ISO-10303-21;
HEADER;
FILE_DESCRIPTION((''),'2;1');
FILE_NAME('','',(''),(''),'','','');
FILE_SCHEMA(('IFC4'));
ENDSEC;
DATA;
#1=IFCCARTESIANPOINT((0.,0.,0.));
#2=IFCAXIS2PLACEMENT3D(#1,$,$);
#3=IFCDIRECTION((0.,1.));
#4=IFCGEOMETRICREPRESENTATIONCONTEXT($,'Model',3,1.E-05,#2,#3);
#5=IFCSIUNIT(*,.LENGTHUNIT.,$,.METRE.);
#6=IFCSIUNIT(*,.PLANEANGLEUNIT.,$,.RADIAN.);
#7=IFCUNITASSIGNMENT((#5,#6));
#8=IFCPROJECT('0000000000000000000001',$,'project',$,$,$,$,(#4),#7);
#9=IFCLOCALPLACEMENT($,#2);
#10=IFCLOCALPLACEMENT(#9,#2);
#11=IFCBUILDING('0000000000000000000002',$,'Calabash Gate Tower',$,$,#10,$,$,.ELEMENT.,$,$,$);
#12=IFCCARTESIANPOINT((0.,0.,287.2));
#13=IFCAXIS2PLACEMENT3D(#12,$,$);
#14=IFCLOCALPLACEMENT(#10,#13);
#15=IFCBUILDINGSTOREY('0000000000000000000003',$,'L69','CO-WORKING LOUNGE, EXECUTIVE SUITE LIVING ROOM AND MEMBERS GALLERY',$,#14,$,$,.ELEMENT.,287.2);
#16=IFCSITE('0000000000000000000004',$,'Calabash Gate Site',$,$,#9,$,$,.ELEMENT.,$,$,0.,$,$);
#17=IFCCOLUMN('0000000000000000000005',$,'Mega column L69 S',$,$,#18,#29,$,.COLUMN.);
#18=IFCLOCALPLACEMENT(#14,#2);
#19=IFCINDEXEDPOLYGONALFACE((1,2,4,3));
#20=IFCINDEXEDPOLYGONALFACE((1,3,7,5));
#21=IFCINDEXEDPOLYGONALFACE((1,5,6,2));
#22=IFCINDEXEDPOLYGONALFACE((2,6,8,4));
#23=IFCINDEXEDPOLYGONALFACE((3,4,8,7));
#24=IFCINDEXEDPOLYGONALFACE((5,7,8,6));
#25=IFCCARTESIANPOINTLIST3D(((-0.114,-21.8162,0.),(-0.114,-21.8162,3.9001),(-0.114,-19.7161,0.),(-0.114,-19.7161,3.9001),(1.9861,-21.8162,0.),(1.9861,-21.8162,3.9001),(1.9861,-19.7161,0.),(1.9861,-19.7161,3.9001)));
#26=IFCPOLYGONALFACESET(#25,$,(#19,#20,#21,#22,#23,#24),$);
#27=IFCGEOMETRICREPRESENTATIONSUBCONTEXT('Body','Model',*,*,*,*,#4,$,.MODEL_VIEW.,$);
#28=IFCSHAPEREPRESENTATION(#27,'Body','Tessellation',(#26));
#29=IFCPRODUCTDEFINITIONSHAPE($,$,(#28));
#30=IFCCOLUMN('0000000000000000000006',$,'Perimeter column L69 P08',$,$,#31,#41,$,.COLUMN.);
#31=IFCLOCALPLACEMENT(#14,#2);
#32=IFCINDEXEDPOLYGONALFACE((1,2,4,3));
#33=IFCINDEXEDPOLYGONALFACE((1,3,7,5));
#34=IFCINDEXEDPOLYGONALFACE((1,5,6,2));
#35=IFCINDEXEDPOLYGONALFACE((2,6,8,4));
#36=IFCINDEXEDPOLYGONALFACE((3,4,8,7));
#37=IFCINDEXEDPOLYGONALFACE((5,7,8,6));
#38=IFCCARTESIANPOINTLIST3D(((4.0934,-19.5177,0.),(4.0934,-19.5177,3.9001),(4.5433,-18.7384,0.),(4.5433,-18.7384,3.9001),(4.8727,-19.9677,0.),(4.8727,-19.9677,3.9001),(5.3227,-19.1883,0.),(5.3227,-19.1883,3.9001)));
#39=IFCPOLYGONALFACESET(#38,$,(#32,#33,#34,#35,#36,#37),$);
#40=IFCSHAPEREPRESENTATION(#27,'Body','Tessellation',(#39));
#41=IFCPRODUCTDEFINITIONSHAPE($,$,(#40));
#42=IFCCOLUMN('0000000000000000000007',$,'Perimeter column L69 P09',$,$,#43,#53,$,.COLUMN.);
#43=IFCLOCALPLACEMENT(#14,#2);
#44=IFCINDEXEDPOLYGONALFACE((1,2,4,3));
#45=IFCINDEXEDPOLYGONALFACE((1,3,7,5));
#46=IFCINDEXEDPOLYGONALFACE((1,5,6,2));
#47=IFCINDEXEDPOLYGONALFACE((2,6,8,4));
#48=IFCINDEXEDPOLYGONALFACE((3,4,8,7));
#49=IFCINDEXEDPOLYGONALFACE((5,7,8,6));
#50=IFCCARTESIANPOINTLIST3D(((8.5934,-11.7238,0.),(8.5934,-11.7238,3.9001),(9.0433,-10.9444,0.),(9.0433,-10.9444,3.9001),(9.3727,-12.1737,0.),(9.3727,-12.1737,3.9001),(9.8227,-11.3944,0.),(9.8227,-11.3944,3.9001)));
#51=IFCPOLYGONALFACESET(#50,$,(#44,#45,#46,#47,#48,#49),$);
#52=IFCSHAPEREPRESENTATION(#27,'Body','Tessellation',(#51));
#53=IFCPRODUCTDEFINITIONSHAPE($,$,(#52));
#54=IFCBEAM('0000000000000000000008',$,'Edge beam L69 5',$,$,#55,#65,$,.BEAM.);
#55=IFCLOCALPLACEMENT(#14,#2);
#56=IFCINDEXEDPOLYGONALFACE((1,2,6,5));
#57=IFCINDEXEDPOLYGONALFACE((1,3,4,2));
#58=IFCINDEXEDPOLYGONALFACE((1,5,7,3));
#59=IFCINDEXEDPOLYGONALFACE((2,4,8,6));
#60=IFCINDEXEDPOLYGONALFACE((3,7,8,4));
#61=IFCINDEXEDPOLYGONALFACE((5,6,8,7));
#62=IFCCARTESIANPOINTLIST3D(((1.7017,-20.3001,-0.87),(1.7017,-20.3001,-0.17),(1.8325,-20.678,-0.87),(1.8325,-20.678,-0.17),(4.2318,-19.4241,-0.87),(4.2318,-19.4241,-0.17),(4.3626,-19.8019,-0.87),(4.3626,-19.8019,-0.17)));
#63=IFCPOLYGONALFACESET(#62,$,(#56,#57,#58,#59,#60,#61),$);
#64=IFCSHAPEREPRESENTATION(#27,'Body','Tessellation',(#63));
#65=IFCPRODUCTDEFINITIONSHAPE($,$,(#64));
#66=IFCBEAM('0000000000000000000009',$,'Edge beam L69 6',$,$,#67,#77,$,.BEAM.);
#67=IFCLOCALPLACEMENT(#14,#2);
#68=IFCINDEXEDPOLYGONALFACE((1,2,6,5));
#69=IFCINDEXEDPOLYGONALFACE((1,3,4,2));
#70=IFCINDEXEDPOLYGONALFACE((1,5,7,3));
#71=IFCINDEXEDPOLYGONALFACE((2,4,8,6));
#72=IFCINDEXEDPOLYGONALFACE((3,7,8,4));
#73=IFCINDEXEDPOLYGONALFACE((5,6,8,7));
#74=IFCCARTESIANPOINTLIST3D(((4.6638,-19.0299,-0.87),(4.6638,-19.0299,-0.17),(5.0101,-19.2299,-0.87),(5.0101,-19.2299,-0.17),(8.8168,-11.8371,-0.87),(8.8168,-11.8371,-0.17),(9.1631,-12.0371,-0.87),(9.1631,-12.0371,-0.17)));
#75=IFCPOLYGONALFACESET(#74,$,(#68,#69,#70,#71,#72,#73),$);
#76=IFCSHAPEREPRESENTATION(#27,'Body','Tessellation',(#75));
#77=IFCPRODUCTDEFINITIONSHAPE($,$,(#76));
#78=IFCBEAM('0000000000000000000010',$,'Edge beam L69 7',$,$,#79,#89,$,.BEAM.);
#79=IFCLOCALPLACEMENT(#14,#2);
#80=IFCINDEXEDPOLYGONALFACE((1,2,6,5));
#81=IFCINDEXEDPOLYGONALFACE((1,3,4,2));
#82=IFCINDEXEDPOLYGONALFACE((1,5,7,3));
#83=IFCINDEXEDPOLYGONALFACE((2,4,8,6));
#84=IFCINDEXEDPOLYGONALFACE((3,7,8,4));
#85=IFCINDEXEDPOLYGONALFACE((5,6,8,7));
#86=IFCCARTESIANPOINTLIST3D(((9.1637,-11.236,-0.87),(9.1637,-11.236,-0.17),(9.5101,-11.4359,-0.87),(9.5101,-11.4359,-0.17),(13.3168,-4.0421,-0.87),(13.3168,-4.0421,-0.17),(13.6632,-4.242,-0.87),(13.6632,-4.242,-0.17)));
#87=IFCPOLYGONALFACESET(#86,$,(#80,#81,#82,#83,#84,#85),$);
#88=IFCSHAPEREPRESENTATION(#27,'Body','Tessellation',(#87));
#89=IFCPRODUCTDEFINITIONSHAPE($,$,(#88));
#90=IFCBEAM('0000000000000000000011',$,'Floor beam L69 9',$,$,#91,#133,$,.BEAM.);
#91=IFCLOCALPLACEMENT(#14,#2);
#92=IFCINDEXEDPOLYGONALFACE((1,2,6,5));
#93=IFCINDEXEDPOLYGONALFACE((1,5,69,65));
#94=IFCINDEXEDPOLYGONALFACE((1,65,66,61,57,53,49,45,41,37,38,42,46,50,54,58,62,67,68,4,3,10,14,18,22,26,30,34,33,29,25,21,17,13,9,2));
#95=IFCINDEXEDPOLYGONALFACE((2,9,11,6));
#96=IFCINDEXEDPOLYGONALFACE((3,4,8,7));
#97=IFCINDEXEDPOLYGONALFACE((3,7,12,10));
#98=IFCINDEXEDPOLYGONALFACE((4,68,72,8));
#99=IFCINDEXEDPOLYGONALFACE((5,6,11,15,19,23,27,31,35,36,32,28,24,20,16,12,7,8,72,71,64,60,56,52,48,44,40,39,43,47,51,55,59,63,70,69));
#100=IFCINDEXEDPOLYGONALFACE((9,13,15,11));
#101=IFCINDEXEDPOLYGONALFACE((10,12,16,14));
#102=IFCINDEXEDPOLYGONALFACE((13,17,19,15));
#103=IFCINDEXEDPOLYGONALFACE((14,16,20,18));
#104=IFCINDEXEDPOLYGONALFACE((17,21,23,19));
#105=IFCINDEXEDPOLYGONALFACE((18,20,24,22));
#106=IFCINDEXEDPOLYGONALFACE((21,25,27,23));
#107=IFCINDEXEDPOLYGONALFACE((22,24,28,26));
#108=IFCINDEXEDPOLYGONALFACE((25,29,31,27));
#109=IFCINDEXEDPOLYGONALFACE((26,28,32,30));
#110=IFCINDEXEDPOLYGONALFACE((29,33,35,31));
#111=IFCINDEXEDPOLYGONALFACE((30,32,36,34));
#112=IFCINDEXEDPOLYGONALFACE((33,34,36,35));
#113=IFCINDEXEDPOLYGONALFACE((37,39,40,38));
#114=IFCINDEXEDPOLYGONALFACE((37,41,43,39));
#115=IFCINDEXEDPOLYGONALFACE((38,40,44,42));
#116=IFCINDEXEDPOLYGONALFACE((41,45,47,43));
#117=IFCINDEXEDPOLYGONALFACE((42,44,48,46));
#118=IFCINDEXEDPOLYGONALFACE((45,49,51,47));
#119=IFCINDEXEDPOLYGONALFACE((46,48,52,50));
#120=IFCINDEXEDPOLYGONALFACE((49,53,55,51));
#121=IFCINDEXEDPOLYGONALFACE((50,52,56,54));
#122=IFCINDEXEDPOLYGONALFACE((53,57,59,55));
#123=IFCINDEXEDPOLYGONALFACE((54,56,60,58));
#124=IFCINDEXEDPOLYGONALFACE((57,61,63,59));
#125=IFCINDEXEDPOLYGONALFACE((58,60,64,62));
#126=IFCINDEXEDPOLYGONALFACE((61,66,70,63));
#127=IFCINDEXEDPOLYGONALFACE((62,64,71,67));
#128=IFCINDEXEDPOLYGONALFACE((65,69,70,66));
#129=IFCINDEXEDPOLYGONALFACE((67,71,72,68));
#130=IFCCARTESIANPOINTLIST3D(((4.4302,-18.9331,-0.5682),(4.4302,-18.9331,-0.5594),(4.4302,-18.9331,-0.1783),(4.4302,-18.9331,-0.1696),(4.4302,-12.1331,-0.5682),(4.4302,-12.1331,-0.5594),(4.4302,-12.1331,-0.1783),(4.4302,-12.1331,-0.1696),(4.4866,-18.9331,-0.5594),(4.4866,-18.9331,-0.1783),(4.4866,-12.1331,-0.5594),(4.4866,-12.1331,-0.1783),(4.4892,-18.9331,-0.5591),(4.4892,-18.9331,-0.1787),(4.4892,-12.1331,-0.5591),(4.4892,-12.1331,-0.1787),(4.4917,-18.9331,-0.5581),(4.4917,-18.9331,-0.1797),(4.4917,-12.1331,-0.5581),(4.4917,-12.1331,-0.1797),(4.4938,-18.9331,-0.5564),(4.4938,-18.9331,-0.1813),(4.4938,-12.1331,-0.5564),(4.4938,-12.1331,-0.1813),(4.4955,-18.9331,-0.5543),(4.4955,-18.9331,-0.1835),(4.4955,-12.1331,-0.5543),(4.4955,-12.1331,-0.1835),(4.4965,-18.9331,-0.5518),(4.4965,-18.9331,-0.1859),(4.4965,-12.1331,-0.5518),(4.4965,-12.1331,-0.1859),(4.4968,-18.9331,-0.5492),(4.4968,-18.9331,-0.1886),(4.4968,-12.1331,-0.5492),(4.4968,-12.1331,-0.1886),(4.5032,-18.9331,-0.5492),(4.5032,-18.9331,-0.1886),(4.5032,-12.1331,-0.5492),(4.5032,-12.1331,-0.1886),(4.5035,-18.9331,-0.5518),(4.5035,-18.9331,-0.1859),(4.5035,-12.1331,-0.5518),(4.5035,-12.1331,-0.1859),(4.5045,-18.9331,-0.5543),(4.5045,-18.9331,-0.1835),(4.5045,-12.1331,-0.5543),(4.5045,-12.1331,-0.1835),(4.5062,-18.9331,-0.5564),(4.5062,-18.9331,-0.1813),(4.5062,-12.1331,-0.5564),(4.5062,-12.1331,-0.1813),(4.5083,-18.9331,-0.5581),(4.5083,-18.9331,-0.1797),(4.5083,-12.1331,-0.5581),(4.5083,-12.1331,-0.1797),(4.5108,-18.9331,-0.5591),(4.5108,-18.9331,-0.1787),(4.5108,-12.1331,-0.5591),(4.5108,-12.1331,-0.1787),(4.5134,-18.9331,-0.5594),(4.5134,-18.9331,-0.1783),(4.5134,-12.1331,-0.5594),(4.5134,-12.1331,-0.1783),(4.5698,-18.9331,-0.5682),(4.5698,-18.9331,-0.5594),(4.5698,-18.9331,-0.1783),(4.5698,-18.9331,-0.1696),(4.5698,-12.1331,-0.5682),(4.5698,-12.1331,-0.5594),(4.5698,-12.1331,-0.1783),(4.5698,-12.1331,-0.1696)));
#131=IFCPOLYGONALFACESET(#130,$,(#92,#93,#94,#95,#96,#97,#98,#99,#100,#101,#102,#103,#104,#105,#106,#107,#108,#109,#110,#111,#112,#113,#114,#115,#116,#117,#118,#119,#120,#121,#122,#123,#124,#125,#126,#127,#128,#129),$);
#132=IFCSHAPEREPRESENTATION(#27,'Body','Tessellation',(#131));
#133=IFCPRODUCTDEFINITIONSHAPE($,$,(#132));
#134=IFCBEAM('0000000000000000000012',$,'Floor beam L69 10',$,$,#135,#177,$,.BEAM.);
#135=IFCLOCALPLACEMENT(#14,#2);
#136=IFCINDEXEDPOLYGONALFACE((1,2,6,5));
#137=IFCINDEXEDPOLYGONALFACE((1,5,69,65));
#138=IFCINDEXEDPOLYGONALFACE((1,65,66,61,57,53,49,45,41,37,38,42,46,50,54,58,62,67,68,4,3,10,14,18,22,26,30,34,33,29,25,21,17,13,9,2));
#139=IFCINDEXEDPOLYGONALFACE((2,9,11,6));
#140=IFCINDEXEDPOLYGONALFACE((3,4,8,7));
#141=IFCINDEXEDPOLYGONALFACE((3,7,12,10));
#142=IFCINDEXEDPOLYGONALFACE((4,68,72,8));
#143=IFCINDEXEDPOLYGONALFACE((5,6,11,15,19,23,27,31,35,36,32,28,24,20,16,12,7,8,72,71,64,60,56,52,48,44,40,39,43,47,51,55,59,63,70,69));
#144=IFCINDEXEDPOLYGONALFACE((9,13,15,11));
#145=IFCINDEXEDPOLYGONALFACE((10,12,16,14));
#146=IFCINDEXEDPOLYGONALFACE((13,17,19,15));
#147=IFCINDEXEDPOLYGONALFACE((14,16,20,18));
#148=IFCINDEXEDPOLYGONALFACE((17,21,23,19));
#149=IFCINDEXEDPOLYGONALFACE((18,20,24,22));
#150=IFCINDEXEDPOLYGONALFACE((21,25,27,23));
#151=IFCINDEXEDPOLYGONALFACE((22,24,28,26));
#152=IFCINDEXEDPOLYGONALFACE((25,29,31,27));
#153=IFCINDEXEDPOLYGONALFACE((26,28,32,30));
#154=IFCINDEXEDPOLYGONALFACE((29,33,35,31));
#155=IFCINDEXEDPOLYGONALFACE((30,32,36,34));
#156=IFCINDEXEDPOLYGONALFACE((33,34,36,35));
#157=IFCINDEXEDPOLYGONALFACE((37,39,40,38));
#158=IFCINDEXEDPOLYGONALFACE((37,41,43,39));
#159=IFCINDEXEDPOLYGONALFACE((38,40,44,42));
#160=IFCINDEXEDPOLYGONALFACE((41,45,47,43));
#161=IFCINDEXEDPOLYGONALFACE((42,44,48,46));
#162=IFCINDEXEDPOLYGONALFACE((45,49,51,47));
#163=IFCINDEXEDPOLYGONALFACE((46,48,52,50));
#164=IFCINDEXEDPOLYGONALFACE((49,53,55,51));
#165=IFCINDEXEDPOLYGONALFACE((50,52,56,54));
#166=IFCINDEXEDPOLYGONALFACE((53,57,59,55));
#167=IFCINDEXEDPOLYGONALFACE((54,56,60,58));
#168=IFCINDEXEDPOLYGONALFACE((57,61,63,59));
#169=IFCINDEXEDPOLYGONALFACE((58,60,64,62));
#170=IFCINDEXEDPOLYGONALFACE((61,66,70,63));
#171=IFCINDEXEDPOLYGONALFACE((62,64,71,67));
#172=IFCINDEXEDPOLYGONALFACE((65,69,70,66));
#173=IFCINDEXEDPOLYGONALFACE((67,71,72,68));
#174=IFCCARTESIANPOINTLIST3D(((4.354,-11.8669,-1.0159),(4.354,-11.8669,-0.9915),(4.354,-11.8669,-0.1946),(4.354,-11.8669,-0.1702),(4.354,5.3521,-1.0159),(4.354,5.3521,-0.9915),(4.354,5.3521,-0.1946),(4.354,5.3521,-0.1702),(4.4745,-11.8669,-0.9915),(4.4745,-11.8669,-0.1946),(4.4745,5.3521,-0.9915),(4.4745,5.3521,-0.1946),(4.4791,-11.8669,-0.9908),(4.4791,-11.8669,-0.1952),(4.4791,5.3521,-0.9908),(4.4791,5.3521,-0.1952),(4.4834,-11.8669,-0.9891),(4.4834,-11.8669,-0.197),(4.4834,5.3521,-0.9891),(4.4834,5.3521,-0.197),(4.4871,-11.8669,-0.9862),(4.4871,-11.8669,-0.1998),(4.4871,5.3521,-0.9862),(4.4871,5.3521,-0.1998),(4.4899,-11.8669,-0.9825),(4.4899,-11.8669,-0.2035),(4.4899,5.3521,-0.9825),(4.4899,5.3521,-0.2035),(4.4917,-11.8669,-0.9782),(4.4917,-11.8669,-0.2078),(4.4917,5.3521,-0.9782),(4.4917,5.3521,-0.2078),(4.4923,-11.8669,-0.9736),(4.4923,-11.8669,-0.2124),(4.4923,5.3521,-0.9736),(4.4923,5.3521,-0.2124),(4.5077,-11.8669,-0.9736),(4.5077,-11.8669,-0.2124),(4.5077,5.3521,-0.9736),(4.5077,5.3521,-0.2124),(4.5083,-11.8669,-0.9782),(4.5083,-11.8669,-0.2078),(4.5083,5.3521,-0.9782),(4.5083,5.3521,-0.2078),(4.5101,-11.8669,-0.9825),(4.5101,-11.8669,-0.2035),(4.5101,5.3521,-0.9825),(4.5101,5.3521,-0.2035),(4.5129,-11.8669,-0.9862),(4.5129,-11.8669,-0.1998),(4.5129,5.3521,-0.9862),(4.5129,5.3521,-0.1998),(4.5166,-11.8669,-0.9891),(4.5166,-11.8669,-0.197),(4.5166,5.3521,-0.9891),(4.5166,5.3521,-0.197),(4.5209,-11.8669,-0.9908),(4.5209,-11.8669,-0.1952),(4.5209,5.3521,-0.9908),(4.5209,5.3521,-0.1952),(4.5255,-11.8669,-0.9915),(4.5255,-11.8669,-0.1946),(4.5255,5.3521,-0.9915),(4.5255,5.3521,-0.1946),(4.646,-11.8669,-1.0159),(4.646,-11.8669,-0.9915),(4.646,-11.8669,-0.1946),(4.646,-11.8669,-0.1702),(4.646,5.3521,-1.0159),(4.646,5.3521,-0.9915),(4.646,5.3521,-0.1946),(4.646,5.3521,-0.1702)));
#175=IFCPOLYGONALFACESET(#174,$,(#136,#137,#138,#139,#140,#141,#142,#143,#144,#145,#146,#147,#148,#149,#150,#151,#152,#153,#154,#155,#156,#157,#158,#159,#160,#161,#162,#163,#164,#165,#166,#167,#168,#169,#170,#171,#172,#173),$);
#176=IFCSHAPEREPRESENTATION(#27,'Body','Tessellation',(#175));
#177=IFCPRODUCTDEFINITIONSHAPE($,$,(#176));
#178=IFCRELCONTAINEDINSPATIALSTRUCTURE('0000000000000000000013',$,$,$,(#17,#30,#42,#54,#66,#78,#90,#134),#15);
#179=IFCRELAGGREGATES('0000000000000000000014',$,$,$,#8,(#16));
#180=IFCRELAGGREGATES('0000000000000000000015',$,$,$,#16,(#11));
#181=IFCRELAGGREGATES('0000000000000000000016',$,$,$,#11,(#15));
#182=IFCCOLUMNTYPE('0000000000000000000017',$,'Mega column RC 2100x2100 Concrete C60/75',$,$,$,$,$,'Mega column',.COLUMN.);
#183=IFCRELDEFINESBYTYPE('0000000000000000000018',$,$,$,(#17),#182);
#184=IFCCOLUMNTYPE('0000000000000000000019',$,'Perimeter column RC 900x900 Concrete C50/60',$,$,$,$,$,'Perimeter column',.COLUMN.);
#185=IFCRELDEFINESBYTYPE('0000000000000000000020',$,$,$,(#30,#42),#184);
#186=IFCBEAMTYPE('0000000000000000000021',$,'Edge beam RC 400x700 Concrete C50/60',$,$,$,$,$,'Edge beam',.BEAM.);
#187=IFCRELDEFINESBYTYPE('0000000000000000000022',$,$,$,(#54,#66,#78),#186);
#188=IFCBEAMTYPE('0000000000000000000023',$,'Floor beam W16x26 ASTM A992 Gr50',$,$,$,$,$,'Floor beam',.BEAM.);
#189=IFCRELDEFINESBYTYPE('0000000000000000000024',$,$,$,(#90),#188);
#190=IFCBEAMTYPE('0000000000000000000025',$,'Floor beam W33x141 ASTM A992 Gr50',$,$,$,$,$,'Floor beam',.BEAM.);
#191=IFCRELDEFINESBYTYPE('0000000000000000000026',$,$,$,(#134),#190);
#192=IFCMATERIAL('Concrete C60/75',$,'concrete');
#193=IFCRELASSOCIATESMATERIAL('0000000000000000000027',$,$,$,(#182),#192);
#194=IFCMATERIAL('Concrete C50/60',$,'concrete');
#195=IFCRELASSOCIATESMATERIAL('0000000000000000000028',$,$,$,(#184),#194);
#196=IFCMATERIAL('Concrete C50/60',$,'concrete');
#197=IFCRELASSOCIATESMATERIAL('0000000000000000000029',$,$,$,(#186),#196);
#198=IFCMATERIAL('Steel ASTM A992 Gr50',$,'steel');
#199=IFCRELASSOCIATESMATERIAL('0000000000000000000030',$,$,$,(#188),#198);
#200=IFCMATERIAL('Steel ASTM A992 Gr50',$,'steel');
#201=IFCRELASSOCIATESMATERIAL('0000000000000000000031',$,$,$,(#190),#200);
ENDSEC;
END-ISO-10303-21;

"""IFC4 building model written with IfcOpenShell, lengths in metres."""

from ifc_helpers import new_model, si_unit, direction, frame, origin, origin_2d, place, context, subcontext, project, spatial, rectangle, i_section, extrude, material, material_profile, profile_set, type_object, element, save


model = new_model("IFC4")

# Units and contexts
model_context = context("Model", 3, precision=1e-05, world=origin(), true_north=direction((0.0, 1.0)))
body_context = subcontext(model_context, "Body", "Model", "MODEL_VIEW")
ifc_project = project(units=[si_unit("LENGTHUNIT", "METRE"), si_unit("PLANEANGLEUNIT", "RADIAN")], contexts=[model_context])

# Site, building, storey
site_placement = place(None, origin())
site = spatial("IfcSite", under=ifc_project, at=site_placement, Name="Calabash Gate Site", CompositionType="ELEMENT", RefElevation=0.0)
building_placement = place(site_placement, origin())
building = spatial("IfcBuilding", under=site, at=building_placement, Name="Calabash Gate Tower", CompositionType="ELEMENT")
storey_placement = place(building_placement, frame((0.0, 0.0, 287.2)))
storey = spatial("IfcBuildingStorey", under=building, at=storey_placement, Name="L69", Description="CO-WORKING LOUNGE, EXECUTIVE SUITE LIVING ROOM AND MEMBERS GALLERY", CompositionType="ELEMENT", Elevation=287.2)

# Columns
ifc_material_1 = material(Name="Concrete C60/75", Category="concrete")
ifc_material_profile_1 = material_profile(ifc_material_1, rectangle(XDim=2.1001, YDim=2.1001, at=origin_2d()))
ifc_profile_set_1 = profile_set([ifc_material_profile_1], Name="Concrete C60/75")
column_type_1 = type_object("IfcColumnType", Name="Mega column RC 2100x2100 Concrete C60/75", ElementType="Mega column", PredefinedType="COLUMN", material=ifc_profile_set_1)
column_placement = place(storey_placement, frame((0.936, -20.7661, 0.0), z_axis=(0.0, 0.0, 1.0), x_axis=(0.0, 1.0, 0.0)))
element("IfcColumn", 1, at=column_placement, inside=storey, type_object=column_type_1, Name="Mega column L69 S", PredefinedType="COLUMN", context=body_context, shape_type="SweptSolid", body=[
    extrude(rectangle(XDim=2.1001, YDim=2.1001, at=origin_2d()), origin(), (0.0, 0.0, 1.0), 3.9001),
])
ifc_material_2 = material(Name="Concrete C50/60", Category="concrete")
ifc_material_profile_2 = material_profile(ifc_material_2, rectangle(XDim=0.8999, YDim=0.8999, at=origin_2d()))
ifc_profile_set_2 = profile_set([ifc_material_profile_2], Name="Concrete C50/60")
column_type_2 = type_object("IfcColumnType", Name="Perimeter column RC 900x900 Concrete C50/60", ElementType="Perimeter column", PredefinedType="COLUMN", material=ifc_profile_set_2)
for number, where, z_axis, x_axis, name in (
    (2, (4.708, -19.353, 0.0), (0.0, 0.0, 1.0), (0.5, 0.866025, 0.0), "Perimeter column L69 P08"),
    (3, (9.208, -11.5591, 0.0), (0.0, 0.0, 1.0), (0.5, 0.866025, 0.0), "Perimeter column L69 P09"),
):
    element("IfcColumn", number, at=place(storey_placement, frame(where, z_axis=z_axis, x_axis=x_axis)), inside=storey, type_object=column_type_2, Name=name, PredefinedType="COLUMN", context=body_context, shape_type="SweptSolid", body=[
        extrude(rectangle(XDim=0.8999, YDim=0.8999, at=origin_2d()), origin(), (0.0, 0.0, 1.0), 3.9001),
    ])

# Beams
ifc_material_3 = material(Name="Concrete C50/60", Category="concrete")
ifc_material_profile_3 = material_profile(ifc_material_3, rectangle(XDim=0.3999, YDim=0.7, at=origin_2d()))
ifc_profile_set_3 = profile_set([ifc_material_profile_3], Name="Concrete C50/60")
beam_type_1 = type_object("IfcBeamType", Name="Edge beam RC 400x700 Concrete C50/60", ElementType="Edge beam", PredefinedType="BEAM", material=ifc_profile_set_3)
beam_1_placement = place(storey_placement, frame((1.7671, -20.489, -0.52), z_axis=(0.944963, 0.327176, 0.0), x_axis=(-0.327176, 0.944963, 0.0)))
element("IfcBeam", 4, at=beam_1_placement, inside=storey, type_object=beam_type_1, Name="Edge beam L69 5", PredefinedType="BEAM", context=body_context, shape_type="SweptSolid", body=[
    extrude(rectangle(XDim=0.3999, YDim=0.7, at=origin_2d()), origin(), (0.0, 0.0, 1.0), 2.6775),
])
beam_2_placement = place(storey_placement, frame((4.8369, -19.1299, -0.52), z_axis=(0.500024, 0.866011, 0.0), x_axis=(-0.866011, 0.500024, 0.0)))
element("IfcBeam", 5, at=beam_2_placement, inside=storey, type_object=beam_type_1, Name="Edge beam L69 6", PredefinedType="BEAM", context=body_context, shape_type="SweptSolid", body=[
    extrude(rectangle(XDim=0.3999, YDim=0.7, at=origin_2d()), origin(), (0.0, 0.0, 1.0), 8.3057),
])
beam_3_placement = place(storey_placement, frame((9.3369, -11.3359, -0.52), z_axis=(0.499973, 0.866041, 0.0), x_axis=(-0.866041, 0.499973, 0.0)))
element("IfcBeam", 6, at=beam_3_placement, inside=storey, type_object=beam_type_1, Name="Edge beam L69 7", PredefinedType="BEAM", context=body_context, shape_type="SweptSolid", body=[
    extrude(rectangle(XDim=0.3999, YDim=0.7, at=origin_2d()), origin(), (0.0, 0.0, 1.0), 8.3066),
])
ifc_material_4 = material(Name="Steel ASTM A992 Gr50", Category="steel")
ifc_material_profile_4 = material_profile(ifc_material_4, i_section(OverallWidth=0.1396, OverallDepth=0.3987, WebThickness=0.0063, FlangeThickness=0.0088, FilletRadius=0.0103, at=origin_2d()))
ifc_profile_set_4 = profile_set([ifc_material_profile_4], Name="Steel ASTM A992 Gr50")
beam_type_2 = type_object("IfcBeamType", Name="Floor beam W16x26 ASTM A992 Gr50", ElementType="Floor beam", PredefinedType="BEAM", material=ifc_profile_set_4)
beam_4_placement = place(storey_placement, frame((4.5, -18.9331, -0.3689), z_axis=(0.0, 1.0, 0.0), x_axis=(-1.0, 0.0, 0.0)))
element("IfcBeam", 7, at=beam_4_placement, inside=storey, type_object=beam_type_2, Name="Floor beam L69 9", PredefinedType="BEAM", context=body_context, shape_type="SweptSolid", body=[
    extrude(i_section(OverallWidth=0.1396, OverallDepth=0.3987, WebThickness=0.0063, FlangeThickness=0.0088, FilletRadius=0.0103, at=origin_2d()), origin(), (0.0, 0.0, 1.0), 6.8),
])
ifc_material_5 = material(Name="Steel ASTM A992 Gr50", Category="steel")
ifc_material_profile_5 = material_profile(ifc_material_5, i_section(OverallWidth=0.292, OverallDepth=0.8457, WebThickness=0.0154, FlangeThickness=0.0244, FilletRadius=0.0178, at=origin_2d()))
ifc_profile_set_5 = profile_set([ifc_material_profile_5], Name="Steel ASTM A992 Gr50")
beam_type_3 = type_object("IfcBeamType", Name="Floor beam W33x141 ASTM A992 Gr50", ElementType="Floor beam", PredefinedType="BEAM", material=ifc_profile_set_5)
beam_5_placement = place(storey_placement, frame((4.5, -11.8669, -0.593), z_axis=(0.0, 1.0, 0.0), x_axis=(-1.0, 0.0, 0.0)))
element("IfcBeam", 8, at=beam_5_placement, inside=storey, type_object=beam_type_3, Name="Floor beam L69 10", PredefinedType="BEAM", context=body_context, shape_type="SweptSolid", body=[
    extrude(i_section(OverallWidth=0.292, OverallDepth=0.8457, WebThickness=0.0154, FlangeThickness=0.0244, FilletRadius=0.0178, at=origin_2d()), origin(), (0.0, 0.0, 1.0), 17.219),
])

save(model, "model.ifc")
